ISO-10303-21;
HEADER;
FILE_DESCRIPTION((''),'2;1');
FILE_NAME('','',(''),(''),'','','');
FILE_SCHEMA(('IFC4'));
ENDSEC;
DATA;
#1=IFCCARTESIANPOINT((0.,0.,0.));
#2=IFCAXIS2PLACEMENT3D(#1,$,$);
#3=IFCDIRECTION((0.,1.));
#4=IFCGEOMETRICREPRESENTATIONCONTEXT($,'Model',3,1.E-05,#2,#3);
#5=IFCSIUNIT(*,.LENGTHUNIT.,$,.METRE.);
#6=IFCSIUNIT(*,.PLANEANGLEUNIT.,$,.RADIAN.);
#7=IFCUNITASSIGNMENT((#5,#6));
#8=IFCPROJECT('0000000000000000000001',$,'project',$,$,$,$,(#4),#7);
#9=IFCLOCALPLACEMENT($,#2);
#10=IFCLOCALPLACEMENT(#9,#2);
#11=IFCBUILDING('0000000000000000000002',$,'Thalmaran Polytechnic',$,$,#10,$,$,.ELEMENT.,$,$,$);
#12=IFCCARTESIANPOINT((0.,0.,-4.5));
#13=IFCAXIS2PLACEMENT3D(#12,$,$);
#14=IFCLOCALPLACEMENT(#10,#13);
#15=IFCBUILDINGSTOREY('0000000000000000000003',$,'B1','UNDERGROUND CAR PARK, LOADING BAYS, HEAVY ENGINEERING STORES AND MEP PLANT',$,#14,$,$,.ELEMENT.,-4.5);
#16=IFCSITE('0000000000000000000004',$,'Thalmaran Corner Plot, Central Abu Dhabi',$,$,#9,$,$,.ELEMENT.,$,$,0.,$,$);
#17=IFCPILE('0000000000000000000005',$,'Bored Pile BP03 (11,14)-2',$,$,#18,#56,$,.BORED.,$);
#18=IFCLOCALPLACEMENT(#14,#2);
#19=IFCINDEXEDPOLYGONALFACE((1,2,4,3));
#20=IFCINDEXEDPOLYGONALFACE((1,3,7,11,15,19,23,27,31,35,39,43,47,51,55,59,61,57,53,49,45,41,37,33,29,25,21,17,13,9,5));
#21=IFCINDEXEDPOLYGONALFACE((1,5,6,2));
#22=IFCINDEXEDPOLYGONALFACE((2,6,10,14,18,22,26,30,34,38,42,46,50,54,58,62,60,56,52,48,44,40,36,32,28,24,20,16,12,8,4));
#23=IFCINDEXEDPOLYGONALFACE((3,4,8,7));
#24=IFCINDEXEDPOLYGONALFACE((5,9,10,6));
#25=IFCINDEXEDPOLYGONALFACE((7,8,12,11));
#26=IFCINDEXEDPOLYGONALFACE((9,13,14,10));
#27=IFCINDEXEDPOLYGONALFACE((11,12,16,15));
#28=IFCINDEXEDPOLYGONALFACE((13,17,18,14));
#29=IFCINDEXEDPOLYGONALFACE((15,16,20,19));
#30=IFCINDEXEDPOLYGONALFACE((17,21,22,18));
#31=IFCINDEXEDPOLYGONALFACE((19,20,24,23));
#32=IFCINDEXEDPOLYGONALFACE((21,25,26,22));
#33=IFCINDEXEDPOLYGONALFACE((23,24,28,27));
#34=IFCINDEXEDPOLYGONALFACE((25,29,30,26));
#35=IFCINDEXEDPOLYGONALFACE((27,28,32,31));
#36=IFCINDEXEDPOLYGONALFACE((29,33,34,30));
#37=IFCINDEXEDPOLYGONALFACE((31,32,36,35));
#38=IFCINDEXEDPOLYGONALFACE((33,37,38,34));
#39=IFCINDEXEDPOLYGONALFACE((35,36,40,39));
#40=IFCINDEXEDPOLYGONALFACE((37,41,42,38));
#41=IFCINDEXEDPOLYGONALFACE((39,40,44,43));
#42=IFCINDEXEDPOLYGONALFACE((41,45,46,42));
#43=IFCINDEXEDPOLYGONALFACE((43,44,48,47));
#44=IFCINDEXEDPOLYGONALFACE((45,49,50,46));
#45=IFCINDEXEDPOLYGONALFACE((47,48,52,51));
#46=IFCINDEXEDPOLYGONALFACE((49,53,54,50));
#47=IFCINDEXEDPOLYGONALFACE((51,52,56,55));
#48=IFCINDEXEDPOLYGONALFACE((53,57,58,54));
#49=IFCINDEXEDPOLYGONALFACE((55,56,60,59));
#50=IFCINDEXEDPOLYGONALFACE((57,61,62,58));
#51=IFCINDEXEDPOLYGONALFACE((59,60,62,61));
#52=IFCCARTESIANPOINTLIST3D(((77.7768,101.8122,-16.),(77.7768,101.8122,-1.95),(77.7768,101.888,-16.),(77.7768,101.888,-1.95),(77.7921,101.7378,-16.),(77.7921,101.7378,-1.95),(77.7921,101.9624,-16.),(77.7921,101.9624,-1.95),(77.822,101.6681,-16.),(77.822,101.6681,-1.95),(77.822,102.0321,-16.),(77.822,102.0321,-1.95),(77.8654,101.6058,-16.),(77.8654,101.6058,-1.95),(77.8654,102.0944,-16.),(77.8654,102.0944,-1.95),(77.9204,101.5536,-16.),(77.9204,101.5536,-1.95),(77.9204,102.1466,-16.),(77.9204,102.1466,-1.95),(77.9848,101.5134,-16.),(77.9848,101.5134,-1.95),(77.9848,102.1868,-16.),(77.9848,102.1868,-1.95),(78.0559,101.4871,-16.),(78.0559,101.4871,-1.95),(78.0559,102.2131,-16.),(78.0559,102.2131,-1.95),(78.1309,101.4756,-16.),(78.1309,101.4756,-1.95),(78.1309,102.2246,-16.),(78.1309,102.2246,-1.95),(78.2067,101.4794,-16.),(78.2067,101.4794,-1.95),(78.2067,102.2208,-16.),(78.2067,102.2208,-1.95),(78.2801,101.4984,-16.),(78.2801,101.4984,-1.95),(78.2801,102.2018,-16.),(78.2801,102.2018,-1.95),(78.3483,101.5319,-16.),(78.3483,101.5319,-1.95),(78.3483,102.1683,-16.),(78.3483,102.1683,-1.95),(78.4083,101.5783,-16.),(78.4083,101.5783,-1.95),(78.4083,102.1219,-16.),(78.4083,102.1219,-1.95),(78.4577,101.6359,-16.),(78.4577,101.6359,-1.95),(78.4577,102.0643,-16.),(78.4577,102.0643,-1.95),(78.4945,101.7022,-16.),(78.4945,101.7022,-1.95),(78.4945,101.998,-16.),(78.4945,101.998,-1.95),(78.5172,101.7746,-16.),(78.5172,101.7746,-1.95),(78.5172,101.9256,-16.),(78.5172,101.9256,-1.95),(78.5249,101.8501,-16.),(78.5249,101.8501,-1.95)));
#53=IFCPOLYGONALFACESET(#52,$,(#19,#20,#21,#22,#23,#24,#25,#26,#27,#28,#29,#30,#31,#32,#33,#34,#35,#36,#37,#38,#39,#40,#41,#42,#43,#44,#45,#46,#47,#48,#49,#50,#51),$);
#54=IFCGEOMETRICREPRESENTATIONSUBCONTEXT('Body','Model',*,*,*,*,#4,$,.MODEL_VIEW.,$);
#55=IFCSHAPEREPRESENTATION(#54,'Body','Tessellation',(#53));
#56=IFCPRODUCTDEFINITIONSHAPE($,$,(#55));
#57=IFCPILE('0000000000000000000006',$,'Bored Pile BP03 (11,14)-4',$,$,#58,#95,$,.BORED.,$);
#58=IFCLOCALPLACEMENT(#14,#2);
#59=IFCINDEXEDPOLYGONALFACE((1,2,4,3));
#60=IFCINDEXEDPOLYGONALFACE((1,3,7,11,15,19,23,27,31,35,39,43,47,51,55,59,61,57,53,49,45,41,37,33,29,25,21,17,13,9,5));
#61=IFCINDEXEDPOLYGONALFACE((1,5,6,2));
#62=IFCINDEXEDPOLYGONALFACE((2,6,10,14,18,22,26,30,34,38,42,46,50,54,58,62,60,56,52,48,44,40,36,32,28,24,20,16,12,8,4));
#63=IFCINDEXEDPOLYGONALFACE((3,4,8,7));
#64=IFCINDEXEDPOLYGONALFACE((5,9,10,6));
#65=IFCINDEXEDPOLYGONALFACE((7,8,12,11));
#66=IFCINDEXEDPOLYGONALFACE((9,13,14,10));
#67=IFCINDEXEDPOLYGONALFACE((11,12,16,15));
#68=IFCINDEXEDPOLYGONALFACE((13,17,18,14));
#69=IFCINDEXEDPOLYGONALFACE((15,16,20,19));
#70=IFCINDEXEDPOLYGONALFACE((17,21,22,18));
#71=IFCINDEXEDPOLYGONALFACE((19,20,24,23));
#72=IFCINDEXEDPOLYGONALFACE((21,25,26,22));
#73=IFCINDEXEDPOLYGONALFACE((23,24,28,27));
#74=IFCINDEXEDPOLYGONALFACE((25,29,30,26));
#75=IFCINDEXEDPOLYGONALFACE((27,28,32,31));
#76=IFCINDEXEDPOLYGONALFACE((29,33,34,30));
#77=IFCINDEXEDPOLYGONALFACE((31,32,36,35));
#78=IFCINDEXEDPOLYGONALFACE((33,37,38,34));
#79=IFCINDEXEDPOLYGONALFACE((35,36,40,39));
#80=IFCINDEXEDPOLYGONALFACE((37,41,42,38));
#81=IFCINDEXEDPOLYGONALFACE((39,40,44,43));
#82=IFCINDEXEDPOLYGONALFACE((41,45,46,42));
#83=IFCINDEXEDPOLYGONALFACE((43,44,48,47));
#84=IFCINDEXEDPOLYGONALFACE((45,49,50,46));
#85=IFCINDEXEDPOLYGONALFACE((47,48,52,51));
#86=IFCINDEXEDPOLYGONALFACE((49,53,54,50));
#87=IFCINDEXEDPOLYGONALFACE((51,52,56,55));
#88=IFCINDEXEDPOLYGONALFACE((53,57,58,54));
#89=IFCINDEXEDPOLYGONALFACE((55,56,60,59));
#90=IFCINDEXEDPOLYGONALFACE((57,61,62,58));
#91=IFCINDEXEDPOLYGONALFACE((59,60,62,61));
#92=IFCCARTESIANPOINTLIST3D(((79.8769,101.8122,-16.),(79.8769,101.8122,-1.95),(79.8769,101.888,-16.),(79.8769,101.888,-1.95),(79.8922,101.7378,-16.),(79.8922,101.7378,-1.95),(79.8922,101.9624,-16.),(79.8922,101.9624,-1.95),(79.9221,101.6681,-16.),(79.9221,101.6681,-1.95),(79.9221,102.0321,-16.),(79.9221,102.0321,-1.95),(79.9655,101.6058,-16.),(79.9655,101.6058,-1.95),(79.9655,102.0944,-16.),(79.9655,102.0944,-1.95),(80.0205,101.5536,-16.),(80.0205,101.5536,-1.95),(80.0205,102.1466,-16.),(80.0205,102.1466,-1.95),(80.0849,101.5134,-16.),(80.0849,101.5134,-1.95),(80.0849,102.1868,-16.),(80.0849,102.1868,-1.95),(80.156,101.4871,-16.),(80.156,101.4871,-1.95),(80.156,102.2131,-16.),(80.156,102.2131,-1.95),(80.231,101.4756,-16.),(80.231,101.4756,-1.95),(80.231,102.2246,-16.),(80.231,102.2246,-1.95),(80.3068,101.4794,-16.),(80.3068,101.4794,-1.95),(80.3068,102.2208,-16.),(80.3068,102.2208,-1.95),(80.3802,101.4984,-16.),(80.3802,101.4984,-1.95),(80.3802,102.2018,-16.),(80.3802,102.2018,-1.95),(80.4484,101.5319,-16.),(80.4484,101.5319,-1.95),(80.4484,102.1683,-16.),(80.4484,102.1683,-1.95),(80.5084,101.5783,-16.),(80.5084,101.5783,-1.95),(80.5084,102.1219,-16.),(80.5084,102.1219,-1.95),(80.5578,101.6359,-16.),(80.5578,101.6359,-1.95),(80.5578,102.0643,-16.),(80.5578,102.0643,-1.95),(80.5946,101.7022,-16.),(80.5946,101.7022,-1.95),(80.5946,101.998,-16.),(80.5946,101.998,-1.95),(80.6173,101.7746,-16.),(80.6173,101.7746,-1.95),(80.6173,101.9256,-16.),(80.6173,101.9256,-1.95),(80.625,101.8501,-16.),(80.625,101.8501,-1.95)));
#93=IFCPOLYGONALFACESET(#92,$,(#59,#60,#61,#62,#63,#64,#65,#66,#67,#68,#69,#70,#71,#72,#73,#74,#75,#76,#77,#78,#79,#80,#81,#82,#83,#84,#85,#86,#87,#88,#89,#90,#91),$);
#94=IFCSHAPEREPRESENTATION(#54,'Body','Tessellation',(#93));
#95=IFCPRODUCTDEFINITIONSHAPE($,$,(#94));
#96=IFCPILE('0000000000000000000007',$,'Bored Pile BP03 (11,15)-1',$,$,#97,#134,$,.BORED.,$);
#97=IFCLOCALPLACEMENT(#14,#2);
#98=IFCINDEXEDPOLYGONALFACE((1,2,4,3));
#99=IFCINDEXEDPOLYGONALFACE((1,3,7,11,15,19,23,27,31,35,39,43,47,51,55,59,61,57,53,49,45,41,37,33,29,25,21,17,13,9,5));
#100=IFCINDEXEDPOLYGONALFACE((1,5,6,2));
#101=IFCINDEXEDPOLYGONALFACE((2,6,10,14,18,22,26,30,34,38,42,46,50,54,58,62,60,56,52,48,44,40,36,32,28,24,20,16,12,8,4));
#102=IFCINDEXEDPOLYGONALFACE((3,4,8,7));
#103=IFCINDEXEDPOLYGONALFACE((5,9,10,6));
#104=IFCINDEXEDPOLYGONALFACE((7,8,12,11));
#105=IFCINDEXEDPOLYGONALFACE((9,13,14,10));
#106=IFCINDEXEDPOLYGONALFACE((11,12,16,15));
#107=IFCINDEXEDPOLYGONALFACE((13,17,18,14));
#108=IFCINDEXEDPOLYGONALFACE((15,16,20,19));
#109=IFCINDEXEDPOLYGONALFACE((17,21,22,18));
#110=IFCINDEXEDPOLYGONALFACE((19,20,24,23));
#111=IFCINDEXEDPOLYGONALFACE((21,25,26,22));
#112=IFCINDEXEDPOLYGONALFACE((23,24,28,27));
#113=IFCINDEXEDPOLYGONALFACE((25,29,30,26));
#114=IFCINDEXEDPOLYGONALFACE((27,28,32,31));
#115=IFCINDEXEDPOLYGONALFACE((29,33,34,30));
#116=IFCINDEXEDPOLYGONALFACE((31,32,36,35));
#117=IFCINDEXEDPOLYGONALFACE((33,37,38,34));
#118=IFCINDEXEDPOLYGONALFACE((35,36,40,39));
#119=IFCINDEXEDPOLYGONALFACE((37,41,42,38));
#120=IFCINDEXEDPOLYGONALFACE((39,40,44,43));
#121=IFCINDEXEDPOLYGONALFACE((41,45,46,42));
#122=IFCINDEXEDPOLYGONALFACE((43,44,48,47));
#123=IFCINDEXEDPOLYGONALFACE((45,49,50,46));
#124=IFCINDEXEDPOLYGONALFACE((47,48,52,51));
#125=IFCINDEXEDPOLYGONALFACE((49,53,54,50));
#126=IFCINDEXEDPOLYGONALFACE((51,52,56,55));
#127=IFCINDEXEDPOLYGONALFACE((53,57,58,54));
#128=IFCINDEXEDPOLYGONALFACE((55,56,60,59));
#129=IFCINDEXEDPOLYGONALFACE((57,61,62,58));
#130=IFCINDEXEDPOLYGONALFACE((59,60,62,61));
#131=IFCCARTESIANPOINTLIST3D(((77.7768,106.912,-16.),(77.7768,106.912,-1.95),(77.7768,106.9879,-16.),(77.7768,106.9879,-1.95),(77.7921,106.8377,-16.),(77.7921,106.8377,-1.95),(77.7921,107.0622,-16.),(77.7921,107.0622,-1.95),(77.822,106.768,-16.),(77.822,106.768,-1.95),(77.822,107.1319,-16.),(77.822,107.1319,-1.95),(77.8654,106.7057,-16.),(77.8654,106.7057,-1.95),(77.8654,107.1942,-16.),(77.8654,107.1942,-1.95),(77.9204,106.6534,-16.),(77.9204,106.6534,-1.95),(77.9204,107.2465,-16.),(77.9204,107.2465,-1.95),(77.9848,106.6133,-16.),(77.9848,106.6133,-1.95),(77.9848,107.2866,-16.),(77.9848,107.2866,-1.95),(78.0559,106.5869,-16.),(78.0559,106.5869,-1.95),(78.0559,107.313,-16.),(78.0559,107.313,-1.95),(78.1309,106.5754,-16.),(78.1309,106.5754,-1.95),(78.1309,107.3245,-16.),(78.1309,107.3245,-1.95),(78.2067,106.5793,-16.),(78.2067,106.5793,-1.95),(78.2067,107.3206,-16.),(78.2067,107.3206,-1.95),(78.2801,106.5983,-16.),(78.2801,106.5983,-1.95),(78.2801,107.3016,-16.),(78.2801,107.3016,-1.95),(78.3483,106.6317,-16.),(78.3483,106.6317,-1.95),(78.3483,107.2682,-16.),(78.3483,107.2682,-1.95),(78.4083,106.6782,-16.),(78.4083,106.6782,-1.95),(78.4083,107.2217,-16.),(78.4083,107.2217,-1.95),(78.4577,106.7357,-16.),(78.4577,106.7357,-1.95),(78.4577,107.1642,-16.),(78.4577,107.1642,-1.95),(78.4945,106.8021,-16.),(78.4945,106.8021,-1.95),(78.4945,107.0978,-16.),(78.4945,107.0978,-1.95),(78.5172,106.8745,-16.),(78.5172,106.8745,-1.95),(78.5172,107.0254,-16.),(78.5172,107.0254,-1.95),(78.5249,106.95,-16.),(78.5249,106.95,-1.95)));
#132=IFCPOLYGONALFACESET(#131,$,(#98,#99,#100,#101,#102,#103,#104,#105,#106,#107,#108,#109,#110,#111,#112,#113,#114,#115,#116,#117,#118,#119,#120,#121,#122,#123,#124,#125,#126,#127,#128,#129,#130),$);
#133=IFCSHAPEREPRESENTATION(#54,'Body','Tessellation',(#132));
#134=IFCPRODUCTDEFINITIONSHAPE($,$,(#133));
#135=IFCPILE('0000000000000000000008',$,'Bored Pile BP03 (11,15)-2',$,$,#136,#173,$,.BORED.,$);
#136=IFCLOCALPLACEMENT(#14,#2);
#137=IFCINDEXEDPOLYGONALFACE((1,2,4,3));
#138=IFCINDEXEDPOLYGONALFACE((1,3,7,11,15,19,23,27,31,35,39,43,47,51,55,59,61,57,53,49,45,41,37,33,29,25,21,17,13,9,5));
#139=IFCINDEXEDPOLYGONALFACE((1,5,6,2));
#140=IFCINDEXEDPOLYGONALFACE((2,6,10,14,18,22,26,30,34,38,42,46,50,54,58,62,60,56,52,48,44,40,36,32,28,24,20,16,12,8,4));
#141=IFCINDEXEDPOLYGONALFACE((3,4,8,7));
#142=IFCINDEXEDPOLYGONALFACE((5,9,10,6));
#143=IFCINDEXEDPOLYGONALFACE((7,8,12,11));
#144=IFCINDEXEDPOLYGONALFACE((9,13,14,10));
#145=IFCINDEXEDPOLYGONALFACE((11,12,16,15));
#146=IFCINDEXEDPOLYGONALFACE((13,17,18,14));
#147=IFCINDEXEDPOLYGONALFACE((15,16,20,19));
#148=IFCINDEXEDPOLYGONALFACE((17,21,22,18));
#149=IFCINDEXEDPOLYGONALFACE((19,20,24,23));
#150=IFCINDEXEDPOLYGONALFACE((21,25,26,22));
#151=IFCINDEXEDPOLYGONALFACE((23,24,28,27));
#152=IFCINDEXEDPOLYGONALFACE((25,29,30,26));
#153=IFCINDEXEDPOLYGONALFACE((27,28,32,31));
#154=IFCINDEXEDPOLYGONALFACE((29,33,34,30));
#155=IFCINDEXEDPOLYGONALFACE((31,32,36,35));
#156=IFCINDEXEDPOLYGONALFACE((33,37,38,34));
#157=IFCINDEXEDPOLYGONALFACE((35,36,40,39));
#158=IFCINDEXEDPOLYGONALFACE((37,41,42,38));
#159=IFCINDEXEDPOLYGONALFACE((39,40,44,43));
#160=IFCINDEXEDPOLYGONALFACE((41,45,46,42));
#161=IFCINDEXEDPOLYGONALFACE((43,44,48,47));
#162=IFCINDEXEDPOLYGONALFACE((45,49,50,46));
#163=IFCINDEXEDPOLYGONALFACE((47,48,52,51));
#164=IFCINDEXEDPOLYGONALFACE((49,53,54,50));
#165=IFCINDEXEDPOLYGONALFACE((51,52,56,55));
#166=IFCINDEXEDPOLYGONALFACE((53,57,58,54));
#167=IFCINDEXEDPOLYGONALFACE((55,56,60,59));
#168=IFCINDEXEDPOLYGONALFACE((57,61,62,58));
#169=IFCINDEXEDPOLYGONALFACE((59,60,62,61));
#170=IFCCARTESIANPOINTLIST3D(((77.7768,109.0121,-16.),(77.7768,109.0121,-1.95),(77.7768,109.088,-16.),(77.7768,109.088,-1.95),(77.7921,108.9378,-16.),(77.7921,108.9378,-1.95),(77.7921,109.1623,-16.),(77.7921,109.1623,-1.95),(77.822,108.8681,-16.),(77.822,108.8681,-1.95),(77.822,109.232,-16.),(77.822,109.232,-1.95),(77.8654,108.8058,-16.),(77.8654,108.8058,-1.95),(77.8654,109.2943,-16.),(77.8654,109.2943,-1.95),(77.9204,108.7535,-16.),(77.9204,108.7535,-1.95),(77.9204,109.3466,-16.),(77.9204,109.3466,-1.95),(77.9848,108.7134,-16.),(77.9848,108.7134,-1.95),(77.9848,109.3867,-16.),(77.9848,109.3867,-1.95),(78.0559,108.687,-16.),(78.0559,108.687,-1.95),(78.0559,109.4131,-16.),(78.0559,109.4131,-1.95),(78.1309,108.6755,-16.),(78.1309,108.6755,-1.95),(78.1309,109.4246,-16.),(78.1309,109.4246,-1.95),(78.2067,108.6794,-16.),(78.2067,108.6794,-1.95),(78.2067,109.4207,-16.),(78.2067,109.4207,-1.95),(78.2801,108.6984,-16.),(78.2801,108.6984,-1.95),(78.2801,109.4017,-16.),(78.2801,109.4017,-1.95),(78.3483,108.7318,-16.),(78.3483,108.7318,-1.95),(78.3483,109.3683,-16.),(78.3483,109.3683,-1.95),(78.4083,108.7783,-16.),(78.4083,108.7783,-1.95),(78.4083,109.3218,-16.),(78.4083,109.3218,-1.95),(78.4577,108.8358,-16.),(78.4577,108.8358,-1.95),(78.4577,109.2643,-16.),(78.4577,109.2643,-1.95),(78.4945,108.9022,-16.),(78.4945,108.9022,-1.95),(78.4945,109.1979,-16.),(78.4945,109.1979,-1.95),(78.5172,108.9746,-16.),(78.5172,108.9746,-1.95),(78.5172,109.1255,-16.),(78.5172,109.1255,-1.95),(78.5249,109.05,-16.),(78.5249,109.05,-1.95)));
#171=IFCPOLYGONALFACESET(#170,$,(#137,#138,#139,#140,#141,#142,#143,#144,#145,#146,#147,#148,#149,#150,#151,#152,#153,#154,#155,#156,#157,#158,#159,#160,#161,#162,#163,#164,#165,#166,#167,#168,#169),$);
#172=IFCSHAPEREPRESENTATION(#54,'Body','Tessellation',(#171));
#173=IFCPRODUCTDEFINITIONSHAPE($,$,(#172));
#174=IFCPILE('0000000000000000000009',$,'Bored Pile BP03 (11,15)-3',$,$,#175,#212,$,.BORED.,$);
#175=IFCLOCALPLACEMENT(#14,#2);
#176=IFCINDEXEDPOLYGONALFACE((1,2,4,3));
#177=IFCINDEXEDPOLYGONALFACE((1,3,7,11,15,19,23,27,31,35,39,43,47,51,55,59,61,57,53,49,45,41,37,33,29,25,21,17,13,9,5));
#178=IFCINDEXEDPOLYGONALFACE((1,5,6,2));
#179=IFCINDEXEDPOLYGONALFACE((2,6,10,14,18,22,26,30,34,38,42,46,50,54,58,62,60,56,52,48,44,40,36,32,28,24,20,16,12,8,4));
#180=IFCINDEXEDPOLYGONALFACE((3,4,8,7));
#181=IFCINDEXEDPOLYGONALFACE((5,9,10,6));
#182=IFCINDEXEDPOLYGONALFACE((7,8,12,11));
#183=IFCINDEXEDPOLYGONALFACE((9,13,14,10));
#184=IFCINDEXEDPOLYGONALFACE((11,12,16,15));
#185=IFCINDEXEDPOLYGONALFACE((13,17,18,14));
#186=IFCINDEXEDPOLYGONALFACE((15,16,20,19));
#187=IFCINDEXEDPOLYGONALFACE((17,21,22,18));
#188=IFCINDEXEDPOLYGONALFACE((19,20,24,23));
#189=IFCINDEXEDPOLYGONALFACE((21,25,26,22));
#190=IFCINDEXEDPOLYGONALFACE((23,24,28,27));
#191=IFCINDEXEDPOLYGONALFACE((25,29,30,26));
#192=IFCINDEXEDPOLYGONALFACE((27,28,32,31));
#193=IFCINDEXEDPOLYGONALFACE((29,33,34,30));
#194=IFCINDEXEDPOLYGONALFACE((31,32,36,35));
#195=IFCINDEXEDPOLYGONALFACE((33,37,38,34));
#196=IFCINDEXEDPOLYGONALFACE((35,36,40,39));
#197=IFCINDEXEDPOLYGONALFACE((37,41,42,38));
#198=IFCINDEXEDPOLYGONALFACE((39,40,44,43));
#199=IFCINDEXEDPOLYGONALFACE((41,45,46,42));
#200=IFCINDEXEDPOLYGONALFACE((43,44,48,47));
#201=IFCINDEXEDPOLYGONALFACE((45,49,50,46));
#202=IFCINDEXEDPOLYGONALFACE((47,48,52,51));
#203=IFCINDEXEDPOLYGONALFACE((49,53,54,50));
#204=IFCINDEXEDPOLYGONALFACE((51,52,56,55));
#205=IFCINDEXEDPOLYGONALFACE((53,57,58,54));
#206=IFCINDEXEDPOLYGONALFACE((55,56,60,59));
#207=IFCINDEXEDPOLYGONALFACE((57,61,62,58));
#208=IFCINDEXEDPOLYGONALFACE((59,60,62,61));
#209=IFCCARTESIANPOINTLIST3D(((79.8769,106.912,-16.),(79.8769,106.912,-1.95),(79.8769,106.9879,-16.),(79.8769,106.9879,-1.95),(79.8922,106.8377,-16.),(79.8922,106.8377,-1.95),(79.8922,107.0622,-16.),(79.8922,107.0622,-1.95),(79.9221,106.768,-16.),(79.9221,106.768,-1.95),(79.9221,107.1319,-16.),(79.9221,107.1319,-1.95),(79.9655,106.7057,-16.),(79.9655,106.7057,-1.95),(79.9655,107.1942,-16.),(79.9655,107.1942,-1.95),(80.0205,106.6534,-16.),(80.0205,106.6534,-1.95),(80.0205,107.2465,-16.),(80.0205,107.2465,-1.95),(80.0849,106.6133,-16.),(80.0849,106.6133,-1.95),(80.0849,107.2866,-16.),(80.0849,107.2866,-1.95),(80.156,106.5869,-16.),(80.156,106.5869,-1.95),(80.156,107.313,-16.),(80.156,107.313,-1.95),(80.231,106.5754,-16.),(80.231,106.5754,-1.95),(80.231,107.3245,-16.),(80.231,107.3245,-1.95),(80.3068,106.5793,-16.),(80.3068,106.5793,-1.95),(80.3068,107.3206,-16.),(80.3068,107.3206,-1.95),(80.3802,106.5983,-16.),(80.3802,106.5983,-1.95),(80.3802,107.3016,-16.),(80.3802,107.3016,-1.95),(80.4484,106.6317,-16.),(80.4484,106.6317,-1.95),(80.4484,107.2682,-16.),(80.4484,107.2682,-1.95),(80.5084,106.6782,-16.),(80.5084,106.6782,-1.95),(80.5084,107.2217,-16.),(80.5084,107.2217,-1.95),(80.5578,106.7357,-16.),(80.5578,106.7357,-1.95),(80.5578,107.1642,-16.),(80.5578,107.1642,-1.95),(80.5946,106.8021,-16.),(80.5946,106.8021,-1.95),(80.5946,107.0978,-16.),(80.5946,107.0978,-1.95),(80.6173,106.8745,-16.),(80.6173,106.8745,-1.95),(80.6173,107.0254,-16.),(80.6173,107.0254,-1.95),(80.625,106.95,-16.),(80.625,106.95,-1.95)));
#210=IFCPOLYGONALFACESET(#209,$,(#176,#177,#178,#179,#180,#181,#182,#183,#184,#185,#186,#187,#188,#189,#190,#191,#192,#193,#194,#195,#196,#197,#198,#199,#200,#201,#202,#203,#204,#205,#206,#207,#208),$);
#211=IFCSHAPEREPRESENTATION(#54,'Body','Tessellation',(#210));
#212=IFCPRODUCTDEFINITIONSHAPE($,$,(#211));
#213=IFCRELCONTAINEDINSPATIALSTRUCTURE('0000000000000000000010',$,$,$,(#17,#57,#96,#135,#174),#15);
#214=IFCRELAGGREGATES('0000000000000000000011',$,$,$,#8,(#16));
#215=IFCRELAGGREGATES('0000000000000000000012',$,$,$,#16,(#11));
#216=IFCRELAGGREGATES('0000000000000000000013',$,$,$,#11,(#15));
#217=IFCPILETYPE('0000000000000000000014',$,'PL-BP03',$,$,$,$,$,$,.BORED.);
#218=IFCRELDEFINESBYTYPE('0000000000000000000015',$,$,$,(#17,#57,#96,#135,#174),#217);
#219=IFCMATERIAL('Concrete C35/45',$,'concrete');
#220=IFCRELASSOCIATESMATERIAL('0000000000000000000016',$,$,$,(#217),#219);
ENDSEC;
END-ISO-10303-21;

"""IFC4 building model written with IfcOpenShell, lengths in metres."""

from ifc_helpers import new_model, si_unit, direction, frame, origin, origin_2d, place, context, subcontext, project, spatial, circle, extrude, material, material_profile, profile_set, type_object, element, save


model = new_model("IFC4")

# Units and contexts
model_context = context("Model", 3, precision=1e-05, world=origin(), true_north=direction((0.0, 1.0)))
body_context = subcontext(model_context, "Body", "Model", "MODEL_VIEW")
ifc_project = project(units=[si_unit("LENGTHUNIT", "METRE"), si_unit("PLANEANGLEUNIT", "RADIAN")], contexts=[model_context])

# Site, building, storey
site_placement = place(None, origin())
site = spatial("IfcSite", under=ifc_project, at=site_placement, Name="Thalmaran Corner Plot, Central Abu Dhabi", CompositionType="ELEMENT", RefElevation=0.0)
building_placement = place(site_placement, origin())
building = spatial("IfcBuilding", under=site, at=building_placement, Name="Thalmaran Polytechnic", CompositionType="ELEMENT")
storey_placement = place(building_placement, frame((0.0, 0.0, -4.5)))
storey = spatial("IfcBuildingStorey", under=building, at=storey_placement, Name="B1", Description="UNDERGROUND CAR PARK, LOADING BAYS, HEAVY ENGINEERING STORES AND MEP PLANT", CompositionType="ELEMENT", Elevation=-4.5)

# Piles
ifc_material_1 = material(Name="Concrete C35/45", Category="concrete")
ifc_material_profile_1 = material_profile(ifc_material_1, circle(Radius=0.375, at=origin_2d()), Name="RC 750 DIA")
ifc_profile_set_1 = profile_set([ifc_material_profile_1], Name="Concrete C35/45")
pile_type_1 = type_object("IfcPileType", Name="PL-BP03", PredefinedType="BORED", material=ifc_profile_set_1)
for number, where, z_axis, x_axis, name in (
    (1, (78.1499, 101.8501, -1.95), (0.0, 0.0, -1.0), (1.0, 0.0, 0.0), "Bored Pile BP03 (11,14)-2"),
    (2, (80.25, 101.8501, -1.95), (0.0, 0.0, -1.0), (1.0, 0.0, 0.0), "Bored Pile BP03 (11,14)-4"),
    (3, (78.1499, 106.95, -1.95), (0.0, 0.0, -1.0), (1.0, 0.0, 0.0), "Bored Pile BP03 (11,15)-1"),
    (4, (78.1499, 109.05, -1.95), (0.0, 0.0, -1.0), (1.0, 0.0, 0.0), "Bored Pile BP03 (11,15)-2"),
    (5, (80.25, 106.95, -1.95), (0.0, 0.0, -1.0), (1.0, 0.0, 0.0), "Bored Pile BP03 (11,15)-3"),
):
    element("IfcPile", number, at=place(storey_placement, frame(where, z_axis=z_axis, x_axis=x_axis)), inside=storey, type_object=pile_type_1, Name=name, PredefinedType="BORED", context=body_context, shape_type="SweptSolid", body=[
        extrude(circle(Radius=0.375, at=origin_2d()), origin(), (0.0, 0.0, 1.0), 14.05),
    ])

save(model, "model.ifc")
